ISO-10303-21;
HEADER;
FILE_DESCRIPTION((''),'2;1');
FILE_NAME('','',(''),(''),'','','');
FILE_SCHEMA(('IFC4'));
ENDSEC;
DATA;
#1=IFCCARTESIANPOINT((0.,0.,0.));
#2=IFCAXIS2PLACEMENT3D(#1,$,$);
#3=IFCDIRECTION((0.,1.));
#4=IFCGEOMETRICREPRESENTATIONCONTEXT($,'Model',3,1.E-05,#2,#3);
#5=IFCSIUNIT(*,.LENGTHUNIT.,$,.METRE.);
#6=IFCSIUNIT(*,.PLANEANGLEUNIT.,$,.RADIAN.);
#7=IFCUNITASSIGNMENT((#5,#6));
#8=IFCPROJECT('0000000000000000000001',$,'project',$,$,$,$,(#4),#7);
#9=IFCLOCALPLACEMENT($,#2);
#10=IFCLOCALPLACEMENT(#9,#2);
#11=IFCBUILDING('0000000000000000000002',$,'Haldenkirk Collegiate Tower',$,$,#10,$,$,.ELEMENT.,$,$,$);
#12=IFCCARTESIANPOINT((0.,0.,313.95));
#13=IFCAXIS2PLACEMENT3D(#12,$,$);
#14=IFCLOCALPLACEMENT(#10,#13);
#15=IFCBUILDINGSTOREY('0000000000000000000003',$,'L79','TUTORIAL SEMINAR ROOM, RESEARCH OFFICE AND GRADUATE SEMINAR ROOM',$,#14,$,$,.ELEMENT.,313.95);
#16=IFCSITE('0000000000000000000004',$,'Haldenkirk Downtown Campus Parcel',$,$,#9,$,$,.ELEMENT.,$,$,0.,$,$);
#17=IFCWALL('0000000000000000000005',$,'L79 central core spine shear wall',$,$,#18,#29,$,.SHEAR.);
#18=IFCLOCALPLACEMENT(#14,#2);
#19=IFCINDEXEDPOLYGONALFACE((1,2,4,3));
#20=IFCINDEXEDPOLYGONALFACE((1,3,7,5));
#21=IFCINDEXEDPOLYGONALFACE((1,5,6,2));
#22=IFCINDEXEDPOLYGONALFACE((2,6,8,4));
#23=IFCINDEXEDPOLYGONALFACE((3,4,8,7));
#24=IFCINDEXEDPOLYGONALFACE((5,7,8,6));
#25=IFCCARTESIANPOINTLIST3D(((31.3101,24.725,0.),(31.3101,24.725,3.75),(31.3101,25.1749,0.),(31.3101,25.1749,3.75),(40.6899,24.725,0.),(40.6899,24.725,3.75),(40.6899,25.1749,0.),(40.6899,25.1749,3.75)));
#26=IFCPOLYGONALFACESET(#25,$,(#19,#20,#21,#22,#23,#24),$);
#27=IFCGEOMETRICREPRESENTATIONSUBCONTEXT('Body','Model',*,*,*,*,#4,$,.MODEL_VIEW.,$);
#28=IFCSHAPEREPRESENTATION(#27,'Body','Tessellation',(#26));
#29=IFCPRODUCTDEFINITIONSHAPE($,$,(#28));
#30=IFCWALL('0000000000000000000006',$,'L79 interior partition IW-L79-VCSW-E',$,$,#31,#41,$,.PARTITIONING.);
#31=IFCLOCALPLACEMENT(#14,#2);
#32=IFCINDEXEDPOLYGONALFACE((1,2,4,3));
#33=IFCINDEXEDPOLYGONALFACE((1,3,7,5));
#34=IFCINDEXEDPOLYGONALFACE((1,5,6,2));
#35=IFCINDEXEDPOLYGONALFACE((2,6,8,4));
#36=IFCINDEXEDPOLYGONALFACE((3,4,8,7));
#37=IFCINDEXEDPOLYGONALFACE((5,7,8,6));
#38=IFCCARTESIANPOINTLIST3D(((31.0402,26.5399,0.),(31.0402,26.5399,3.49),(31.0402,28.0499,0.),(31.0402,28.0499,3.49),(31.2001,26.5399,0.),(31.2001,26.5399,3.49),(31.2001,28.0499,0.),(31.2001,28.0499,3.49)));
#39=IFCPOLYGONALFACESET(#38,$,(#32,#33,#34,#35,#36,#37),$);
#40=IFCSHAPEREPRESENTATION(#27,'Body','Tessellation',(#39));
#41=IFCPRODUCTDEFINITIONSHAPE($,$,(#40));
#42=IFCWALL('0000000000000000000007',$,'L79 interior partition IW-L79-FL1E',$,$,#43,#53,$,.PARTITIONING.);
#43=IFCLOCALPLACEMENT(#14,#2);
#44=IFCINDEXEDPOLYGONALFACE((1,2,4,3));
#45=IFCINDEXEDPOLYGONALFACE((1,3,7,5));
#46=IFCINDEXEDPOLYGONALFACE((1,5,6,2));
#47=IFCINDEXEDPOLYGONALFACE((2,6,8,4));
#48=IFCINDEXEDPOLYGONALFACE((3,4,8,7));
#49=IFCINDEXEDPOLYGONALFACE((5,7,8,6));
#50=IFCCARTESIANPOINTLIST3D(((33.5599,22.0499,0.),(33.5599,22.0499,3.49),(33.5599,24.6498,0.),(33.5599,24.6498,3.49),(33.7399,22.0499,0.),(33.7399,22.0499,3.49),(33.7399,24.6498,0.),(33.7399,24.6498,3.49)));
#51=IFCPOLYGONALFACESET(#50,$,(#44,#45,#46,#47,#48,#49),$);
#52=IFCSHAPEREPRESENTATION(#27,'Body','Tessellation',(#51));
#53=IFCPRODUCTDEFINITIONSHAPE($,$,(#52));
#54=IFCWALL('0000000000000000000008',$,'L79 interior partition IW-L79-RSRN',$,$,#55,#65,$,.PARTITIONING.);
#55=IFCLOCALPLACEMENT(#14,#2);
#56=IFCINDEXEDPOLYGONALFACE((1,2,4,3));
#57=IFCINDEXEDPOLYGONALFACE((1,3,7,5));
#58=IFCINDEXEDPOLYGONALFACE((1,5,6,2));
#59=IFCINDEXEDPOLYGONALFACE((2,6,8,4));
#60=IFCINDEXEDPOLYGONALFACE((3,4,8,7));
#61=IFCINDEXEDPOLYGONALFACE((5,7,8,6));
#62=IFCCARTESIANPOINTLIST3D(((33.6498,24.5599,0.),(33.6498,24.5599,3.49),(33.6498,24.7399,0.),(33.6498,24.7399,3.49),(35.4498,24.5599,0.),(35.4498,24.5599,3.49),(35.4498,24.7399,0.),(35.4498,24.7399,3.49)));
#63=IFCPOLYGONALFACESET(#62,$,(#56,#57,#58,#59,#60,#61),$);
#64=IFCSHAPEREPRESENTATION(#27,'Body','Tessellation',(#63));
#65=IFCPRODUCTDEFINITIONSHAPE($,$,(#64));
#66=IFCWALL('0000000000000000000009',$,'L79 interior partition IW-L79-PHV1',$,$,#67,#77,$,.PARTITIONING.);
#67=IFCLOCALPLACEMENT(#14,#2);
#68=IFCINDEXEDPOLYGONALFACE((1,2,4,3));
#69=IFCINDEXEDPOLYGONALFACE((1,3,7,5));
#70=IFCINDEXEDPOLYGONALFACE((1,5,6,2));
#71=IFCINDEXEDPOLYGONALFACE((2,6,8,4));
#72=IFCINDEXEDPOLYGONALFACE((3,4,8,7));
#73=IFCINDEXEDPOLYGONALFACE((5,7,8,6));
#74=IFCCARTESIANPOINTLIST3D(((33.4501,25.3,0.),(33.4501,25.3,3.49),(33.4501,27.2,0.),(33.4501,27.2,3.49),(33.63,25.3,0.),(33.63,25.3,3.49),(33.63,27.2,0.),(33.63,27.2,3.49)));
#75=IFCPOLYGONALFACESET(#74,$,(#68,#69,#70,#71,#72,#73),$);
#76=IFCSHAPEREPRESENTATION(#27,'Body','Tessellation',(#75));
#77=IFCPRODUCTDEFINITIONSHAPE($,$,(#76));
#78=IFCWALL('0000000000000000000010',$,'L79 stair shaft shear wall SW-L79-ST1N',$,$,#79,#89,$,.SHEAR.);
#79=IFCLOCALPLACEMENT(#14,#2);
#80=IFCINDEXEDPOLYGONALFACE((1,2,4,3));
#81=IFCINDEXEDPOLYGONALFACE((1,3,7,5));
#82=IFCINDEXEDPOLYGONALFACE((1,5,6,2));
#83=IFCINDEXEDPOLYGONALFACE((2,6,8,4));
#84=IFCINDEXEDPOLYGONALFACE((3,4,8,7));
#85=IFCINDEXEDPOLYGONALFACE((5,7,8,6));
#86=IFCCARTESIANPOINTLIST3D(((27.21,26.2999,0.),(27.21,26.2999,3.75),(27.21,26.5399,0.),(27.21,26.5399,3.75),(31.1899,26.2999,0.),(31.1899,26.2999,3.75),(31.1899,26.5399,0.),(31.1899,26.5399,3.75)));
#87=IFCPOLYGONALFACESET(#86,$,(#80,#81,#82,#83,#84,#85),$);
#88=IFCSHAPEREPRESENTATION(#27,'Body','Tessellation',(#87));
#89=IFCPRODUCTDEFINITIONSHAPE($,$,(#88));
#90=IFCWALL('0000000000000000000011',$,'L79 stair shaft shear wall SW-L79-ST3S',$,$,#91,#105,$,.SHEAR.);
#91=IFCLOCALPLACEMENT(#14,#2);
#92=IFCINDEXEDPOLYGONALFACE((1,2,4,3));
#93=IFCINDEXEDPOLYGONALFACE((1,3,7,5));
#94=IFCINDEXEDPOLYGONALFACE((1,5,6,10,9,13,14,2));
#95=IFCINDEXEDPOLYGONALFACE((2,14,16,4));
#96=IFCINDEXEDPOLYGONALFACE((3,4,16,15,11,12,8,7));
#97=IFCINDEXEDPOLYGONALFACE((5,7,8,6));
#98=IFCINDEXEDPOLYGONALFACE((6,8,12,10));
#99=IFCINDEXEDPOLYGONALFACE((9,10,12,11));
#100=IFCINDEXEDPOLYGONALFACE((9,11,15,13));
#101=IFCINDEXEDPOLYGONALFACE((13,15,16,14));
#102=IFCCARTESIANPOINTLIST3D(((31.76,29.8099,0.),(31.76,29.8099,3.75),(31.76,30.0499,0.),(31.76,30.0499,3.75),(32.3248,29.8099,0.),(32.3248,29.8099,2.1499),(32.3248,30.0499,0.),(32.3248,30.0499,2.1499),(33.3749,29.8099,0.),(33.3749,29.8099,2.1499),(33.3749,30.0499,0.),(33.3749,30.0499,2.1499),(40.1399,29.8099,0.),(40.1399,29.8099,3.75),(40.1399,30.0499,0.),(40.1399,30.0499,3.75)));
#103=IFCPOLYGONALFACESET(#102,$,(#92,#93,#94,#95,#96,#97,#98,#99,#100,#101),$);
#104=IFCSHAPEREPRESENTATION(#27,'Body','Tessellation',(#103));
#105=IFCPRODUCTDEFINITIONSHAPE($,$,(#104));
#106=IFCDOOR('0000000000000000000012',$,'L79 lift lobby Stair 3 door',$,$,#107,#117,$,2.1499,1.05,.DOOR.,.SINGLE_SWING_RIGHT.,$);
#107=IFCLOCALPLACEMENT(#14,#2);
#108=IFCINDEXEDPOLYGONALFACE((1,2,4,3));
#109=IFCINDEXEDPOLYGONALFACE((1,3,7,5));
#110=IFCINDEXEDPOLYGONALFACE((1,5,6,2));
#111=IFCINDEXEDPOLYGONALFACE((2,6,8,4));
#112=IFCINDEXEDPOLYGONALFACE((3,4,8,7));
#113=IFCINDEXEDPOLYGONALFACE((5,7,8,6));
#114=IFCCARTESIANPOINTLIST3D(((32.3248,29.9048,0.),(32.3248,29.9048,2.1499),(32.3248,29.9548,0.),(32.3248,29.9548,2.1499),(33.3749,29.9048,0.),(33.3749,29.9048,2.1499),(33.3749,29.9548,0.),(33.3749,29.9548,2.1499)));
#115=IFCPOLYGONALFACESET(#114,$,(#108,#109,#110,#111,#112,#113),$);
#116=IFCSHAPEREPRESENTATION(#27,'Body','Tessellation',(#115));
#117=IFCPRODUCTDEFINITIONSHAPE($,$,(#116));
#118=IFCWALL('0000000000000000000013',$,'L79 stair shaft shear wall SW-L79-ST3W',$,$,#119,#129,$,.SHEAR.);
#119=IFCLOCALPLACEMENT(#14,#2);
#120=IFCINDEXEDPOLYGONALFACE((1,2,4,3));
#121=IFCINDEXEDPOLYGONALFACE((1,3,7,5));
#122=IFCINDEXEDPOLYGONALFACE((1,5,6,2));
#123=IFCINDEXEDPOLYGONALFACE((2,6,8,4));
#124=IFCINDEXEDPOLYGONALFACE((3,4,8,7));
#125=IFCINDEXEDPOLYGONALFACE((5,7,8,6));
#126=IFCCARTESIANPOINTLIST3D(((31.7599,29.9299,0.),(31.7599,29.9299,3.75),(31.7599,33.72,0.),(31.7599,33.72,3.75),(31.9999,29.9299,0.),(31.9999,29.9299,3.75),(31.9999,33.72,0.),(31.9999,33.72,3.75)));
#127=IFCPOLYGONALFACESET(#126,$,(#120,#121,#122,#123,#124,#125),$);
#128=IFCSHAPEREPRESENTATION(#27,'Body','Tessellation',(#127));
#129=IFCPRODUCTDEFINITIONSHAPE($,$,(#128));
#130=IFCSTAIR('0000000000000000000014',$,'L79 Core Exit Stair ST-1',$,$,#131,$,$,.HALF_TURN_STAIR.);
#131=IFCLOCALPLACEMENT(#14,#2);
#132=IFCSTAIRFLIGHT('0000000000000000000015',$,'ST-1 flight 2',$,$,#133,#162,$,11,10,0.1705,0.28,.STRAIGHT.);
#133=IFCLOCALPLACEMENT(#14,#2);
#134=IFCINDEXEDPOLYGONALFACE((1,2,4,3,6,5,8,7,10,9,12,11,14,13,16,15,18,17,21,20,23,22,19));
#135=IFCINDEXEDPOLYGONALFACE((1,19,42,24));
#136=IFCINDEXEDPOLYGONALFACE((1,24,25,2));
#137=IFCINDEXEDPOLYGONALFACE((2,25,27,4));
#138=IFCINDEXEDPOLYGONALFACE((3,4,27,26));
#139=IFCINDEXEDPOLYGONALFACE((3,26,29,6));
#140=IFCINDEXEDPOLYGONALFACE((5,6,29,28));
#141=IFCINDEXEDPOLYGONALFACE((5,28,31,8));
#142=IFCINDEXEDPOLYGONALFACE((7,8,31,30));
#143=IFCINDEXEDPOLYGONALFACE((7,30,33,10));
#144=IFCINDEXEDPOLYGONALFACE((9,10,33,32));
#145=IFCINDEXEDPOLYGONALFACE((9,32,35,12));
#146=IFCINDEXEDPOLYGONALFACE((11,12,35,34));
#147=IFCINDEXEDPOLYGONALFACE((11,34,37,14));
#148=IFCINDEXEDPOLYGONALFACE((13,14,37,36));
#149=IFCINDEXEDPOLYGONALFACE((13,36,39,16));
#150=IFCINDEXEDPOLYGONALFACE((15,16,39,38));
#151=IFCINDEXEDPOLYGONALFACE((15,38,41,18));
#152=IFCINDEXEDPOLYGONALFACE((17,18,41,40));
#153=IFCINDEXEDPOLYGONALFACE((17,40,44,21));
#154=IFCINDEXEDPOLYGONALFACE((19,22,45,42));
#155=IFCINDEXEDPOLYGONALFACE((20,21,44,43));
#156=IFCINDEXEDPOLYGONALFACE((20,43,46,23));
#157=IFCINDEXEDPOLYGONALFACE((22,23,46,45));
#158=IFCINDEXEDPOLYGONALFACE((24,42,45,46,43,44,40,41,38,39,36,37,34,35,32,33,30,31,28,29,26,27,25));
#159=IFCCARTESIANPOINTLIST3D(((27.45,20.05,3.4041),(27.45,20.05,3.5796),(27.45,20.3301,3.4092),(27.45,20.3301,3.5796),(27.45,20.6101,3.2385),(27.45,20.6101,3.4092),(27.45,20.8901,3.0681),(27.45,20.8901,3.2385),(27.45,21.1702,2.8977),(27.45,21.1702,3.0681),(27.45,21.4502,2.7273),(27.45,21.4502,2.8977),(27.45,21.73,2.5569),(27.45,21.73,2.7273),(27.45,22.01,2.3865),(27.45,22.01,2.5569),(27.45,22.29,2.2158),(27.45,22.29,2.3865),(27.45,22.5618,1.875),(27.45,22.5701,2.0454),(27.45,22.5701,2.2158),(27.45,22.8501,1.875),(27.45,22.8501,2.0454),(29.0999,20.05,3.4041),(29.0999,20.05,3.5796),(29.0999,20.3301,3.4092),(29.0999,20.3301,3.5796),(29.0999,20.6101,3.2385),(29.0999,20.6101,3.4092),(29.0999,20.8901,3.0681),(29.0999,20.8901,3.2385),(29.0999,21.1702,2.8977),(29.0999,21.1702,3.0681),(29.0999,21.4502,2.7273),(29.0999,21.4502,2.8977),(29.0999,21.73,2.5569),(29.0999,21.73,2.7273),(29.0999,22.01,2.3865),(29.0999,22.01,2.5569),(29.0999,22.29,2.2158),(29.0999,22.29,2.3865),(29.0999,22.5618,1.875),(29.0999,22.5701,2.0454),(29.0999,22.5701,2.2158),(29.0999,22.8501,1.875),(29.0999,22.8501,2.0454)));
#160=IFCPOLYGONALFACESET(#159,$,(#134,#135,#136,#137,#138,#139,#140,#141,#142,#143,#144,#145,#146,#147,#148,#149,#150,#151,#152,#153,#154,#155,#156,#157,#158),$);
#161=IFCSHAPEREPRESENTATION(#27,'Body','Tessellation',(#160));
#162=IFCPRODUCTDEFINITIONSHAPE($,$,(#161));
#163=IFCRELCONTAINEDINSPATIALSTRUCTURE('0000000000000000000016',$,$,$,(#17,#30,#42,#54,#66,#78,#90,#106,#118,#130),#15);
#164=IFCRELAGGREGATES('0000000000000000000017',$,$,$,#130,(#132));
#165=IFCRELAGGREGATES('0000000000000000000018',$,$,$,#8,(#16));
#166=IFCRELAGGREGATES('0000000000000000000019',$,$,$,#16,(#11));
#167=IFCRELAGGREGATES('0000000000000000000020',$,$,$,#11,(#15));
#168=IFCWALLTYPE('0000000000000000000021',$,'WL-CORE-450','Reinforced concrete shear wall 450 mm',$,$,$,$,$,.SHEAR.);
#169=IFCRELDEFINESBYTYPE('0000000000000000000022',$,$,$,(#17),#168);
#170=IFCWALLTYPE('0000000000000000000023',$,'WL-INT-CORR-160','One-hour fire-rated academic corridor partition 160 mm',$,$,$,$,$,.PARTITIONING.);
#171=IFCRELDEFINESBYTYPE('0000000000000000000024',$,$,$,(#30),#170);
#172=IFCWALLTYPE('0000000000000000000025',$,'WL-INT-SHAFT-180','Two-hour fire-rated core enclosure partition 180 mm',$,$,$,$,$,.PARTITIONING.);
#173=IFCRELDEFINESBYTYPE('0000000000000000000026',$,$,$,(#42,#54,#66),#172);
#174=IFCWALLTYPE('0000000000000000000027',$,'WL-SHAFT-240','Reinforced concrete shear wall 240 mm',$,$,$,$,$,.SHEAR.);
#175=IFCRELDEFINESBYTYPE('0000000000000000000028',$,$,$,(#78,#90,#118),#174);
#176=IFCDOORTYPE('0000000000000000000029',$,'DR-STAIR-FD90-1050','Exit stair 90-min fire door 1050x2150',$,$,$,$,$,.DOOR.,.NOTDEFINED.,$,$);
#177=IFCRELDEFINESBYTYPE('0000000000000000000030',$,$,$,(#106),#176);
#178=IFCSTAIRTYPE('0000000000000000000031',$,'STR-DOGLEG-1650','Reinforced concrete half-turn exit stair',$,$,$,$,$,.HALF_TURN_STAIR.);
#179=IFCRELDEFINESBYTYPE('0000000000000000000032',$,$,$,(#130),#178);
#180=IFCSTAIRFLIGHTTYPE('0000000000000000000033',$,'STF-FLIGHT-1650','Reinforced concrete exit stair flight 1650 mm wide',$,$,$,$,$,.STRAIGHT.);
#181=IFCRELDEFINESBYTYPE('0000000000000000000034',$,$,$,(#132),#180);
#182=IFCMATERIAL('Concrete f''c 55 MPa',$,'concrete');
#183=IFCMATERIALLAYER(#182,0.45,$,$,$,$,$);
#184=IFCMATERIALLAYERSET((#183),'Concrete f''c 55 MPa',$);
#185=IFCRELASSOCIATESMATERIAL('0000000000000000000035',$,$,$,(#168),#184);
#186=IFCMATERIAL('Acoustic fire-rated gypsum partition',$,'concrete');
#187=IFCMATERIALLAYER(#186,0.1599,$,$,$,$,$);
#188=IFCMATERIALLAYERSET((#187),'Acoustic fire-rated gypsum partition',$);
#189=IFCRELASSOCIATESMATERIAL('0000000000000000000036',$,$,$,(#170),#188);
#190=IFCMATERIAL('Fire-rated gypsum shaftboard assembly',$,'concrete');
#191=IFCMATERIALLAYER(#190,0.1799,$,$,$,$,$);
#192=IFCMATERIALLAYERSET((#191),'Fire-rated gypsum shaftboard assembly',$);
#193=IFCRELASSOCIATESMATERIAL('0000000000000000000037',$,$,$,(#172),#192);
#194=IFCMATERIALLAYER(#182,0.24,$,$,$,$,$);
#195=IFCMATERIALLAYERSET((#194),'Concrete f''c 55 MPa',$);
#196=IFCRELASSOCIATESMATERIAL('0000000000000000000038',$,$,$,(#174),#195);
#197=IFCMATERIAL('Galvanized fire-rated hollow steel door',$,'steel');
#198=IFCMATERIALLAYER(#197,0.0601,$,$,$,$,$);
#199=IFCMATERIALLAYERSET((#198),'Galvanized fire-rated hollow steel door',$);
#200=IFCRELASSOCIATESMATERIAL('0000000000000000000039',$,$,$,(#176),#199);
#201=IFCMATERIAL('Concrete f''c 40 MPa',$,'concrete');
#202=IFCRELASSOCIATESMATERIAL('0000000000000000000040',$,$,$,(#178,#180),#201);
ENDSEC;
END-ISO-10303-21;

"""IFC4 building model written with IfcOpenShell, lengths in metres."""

from ifc_helpers import new_model, si_unit, direction, frame, frame_2d, origin, place, context, subcontext, project, spatial, polyline, rectangle, outline, extrude, material, layer, layer_set, type_object, element, fill, aggregate, save


model = new_model("IFC4")

# Units and contexts
model_context = context("Model", 3, precision=1e-05, world=origin(), true_north=direction((0.0, 1.0)))
body_context = subcontext(model_context, "Body", "Model", "MODEL_VIEW")
ifc_project = project(units=[si_unit("LENGTHUNIT", "METRE"), si_unit("PLANEANGLEUNIT", "RADIAN")], contexts=[model_context])

# Site, building, storey
site_placement = place(None, origin())
site = spatial("IfcSite", under=ifc_project, at=site_placement, Name="Haldenkirk Downtown Campus Parcel", CompositionType="ELEMENT", RefElevation=0.0)
building_placement = place(site_placement, origin())
building = spatial("IfcBuilding", under=site, at=building_placement, Name="Haldenkirk Collegiate Tower", CompositionType="ELEMENT")
storey_placement = place(building_placement, frame((0.0, 0.0, 313.95)))
storey = spatial("IfcBuildingStorey", under=building, at=storey_placement, Name="L79", Description="TUTORIAL SEMINAR ROOM, RESEARCH OFFICE AND GRADUATE SEMINAR ROOM", CompositionType="ELEMENT", Elevation=313.95)

# Wall
ifc_material_1 = material(Name="Concrete f'c 55 MPa", Category="concrete")
ifc_layer_1 = layer(ifc_material_1, 0.45)
ifc_layer_set_1 = layer_set([ifc_layer_1], Name="Concrete f'c 55 MPa")
wall_type_1 = type_object("IfcWallType", Name="WL-CORE-450", Description="Reinforced concrete shear wall 450 mm", PredefinedType="SHEAR", material=ifc_layer_set_1)
wall_1_placement = place(storey_placement, frame((31.3101, 24.95, 0.0), z_axis=(0.0, 0.0, 1.0), x_axis=(1.0, 0.0, 0.0)))
element("IfcWall", 1, at=wall_1_placement, inside=storey, type_object=wall_type_1, Name="L79 central core spine shear wall", PredefinedType="SHEAR", context=body_context, shape_type="SweptSolid", body=[
    extrude(rectangle(XDim=9.3799, YDim=0.45, at=frame_2d((4.6899, 0.0))), origin(), (0.0, 0.0, 1.0), 3.75),
])

# Shared definitions
ifc_material_2 = material(Name="Acoustic fire-rated gypsum partition", Category="concrete")
ifc_layer_2 = layer(ifc_material_2, 0.1599)
ifc_layer_set_2 = layer_set([ifc_layer_2], Name="Acoustic fire-rated gypsum partition")
wall_type_2 = type_object("IfcWallType", Name="WL-INT-CORR-160", Description="One-hour fire-rated academic corridor partition 160 mm", PredefinedType="PARTITIONING", material=ifc_layer_set_2)

# Wall
wall_2_placement = place(storey_placement, frame((31.1201, 26.54, 0.0), z_axis=(0.0, 0.0, 1.0), x_axis=(0.0, 1.0, 0.0)))
element("IfcWall", 2, at=wall_2_placement, inside=storey, type_object=wall_type_2, Name="L79 interior partition IW-L79-VCSW-E", PredefinedType="PARTITIONING", context=body_context, shape_type="SweptSolid", body=[
    extrude(rectangle(XDim=1.51, YDim=0.1599, at=frame_2d((0.7549, 0.0))), origin(), (0.0, 0.0, 1.0), 3.49),
])

# Walls
ifc_material_3 = material(Name="Fire-rated gypsum shaftboard assembly", Category="concrete")
ifc_layer_3 = layer(ifc_material_3, 0.1799)
ifc_layer_set_3 = layer_set([ifc_layer_3], Name="Fire-rated gypsum shaftboard assembly")
wall_type_3 = type_object("IfcWallType", Name="WL-INT-SHAFT-180", Description="Two-hour fire-rated core enclosure partition 180 mm", PredefinedType="PARTITIONING", material=ifc_layer_set_3)
wall_3_placement = place(storey_placement, frame((33.6499, 22.05, 0.0), z_axis=(0.0, 0.0, 1.0), x_axis=(0.0, 1.0, 0.0)))
element("IfcWall", 3, at=wall_3_placement, inside=storey, type_object=wall_type_3, Name="L79 interior partition IW-L79-FL1E", PredefinedType="PARTITIONING", context=body_context, shape_type="SweptSolid", body=[
    extrude(rectangle(XDim=2.5999, YDim=0.1799, at=frame_2d((1.2998, 0.0))), origin(), (0.0, 0.0, 1.0), 3.49),
])
wall_4_placement = place(storey_placement, frame((33.6499, 24.6499, 0.0), z_axis=(0.0, 0.0, 1.0), x_axis=(1.0, 0.0, 0.0)))
element("IfcWall", 4, at=wall_4_placement, inside=storey, type_object=wall_type_3, Name="L79 interior partition IW-L79-RSRN", PredefinedType="PARTITIONING", context=body_context, shape_type="SweptSolid", body=[
    extrude(rectangle(XDim=1.8, YDim=0.1799, at=frame_2d((0.8999, 0.0))), origin(), (0.0, 0.0, 1.0), 3.49),
])

# Walls
wall_5_placement = place(storey_placement, frame((33.54, 25.3, 0.0), z_axis=(0.0, 0.0, 1.0), x_axis=(0.0, 1.0, 0.0)))
element("IfcWall", 5, at=wall_5_placement, inside=storey, type_object=wall_type_3, Name="L79 interior partition IW-L79-PHV1", PredefinedType="PARTITIONING", context=body_context, shape_type="SweptSolid", body=[
    extrude(rectangle(XDim=1.8999, YDim=0.1799, at=frame_2d((0.95, 0.0))), origin(), (0.0, 0.0, 1.0), 3.49),
])
ifc_layer_4 = layer(ifc_material_1, 0.24)
ifc_layer_set_4 = layer_set([ifc_layer_4], Name="Concrete f'c 55 MPa")
wall_type_4 = type_object("IfcWallType", Name="WL-SHAFT-240", Description="Reinforced concrete shear wall 240 mm", PredefinedType="SHEAR", material=ifc_layer_set_4)
wall_6_placement = place(storey_placement, frame((27.21, 26.4199, 0.0), z_axis=(0.0, 0.0, 1.0), x_axis=(1.0, 0.0, 0.0)))
element("IfcWall", 6, at=wall_6_placement, inside=storey, type_object=wall_type_4, Name="L79 stair shaft shear wall SW-L79-ST1N", PredefinedType="SHEAR", context=body_context, shape_type="SweptSolid", body=[
    extrude(rectangle(XDim=3.98, YDim=0.24, at=frame_2d((1.99, 0.0))), origin(), (0.0, 0.0, 1.0), 3.75),
])

# Wall, opening, door
wall_7_placement = place(storey_placement, frame((31.76, 29.9299, 0.0), z_axis=(0.0, 0.0, 1.0), x_axis=(1.0, 0.0, 0.0)))
wall_7 = element("IfcWall", 7, at=wall_7_placement, inside=storey, type_object=wall_type_4, Name="L79 stair shaft shear wall SW-L79-ST3S", PredefinedType="SHEAR", context=body_context, shape_type="SweptSolid", body=[
    extrude(rectangle(XDim=8.3799, YDim=0.24, at=frame_2d((4.1899, 0.0))), origin(), (0.0, 0.0, 1.0), 3.75),
])
opening_1_placement = place(wall_7_placement, frame((0.5649, 0.0, 0.0)))
opening_1 = element("IfcOpeningElement", 8, at=opening_1_placement, cuts=wall_7, PredefinedType="OPENING", context=body_context, shape_type="SweptSolid", body=[
    extrude(rectangle(XDim=1.05, YDim=2.1499, at=frame_2d((0.5249, 1.075))), frame((0.0, 0.1299, 0.0), z_axis=(0.0, -1.0, 0.0), x_axis=(1.0, 0.0, 0.0)), (0.0, 0.0, 1.0), 0.26),
])
ifc_material_4 = material(Name="Galvanized fire-rated hollow steel door", Category="steel")
ifc_layer_5 = layer(ifc_material_4, 0.0601)
ifc_layer_set_5 = layer_set([ifc_layer_5], Name="Galvanized fire-rated hollow steel door")
door_type_1 = type_object("IfcDoorType", Name="DR-STAIR-FD90-1050", Description="Exit stair 90-min fire door 1050x2150", OperationType="NOTDEFINED", PredefinedType="DOOR", material=ifc_layer_set_5)
door_1_placement = place(opening_1_placement, origin())
door_1 = element("IfcDoor", 9, at=door_1_placement, inside=storey, type_object=door_type_1, Name="L79 lift lobby Stair 3 door", OperationType="SINGLE_SWING_RIGHT", OverallHeight=2.1499, OverallWidth=1.05, PredefinedType="DOOR", context=body_context, shape_type="SweptSolid", body=[
    extrude(rectangle(XDim=1.05, YDim=2.1499, at=frame_2d((0.5249, 1.075))), frame((0.0, 0.0249, 0.0), z_axis=(0.0, -1.0, 0.0), x_axis=(1.0, 0.0, 0.0)), (0.0, 0.0, 1.0), 0.05),
])
fill(opening_1, door_1)

# Wall
wall_8_placement = place(storey_placement, frame((31.8799, 29.9299, 0.0), z_axis=(0.0, 0.0, 1.0), x_axis=(0.0, 1.0, 0.0)))
element("IfcWall", 10, at=wall_8_placement, inside=storey, type_object=wall_type_4, Name="L79 stair shaft shear wall SW-L79-ST3W", PredefinedType="SHEAR", context=body_context, shape_type="SweptSolid", body=[
    extrude(rectangle(XDim=3.79, YDim=0.24, at=frame_2d((1.895, 0.0))), origin(), (0.0, 0.0, 1.0), 3.75),
])

# Stair, stair flight
ifc_material_5 = material(Name="Concrete f'c 40 MPa", Category="concrete")
stair_type = type_object("IfcStairType", Name="STR-DOGLEG-1650", Description="Reinforced concrete half-turn exit stair", PredefinedType="HALF_TURN_STAIR", material=ifc_material_5)
stair_1_placement = place(storey_placement, origin())
stair_1 = element("IfcStair", 11, at=stair_1_placement, inside=storey, type_object=stair_type, Name="L79 Core Exit Stair ST-1", PredefinedType="HALF_TURN_STAIR")
stair_flight_type = type_object("IfcStairFlightType", Name="STF-FLIGHT-1650", Description="Reinforced concrete exit stair flight 1650 mm wide", PredefinedType="STRAIGHT", material=ifc_material_5)
stair_flight_1_placement = place(storey_placement, frame((28.2749, 22.8501, 1.875), z_axis=(0.0, 0.0, 1.0), x_axis=(0.0, -1.0, 0.0)))
stair_flight_1 = element("IfcStairFlight", 12, at=stair_flight_1_placement, type_object=stair_flight_type, Name="ST-1 flight 2", NumberOfRisers=11, NumberOfTreads=10, PredefinedType="STRAIGHT", RiserHeight=0.1705, TreadLength=0.28, context=body_context, shape_type="SweptSolid", body=[
    extrude(outline(polyline([(0.0, 0.0), (0.0, 0.1704), (0.28, 0.1704), (0.28, 0.3408), (0.5601, 0.3408), (0.5601, 0.5115), (0.8401, 0.5115), (0.8401, 0.6819), (1.1201, 0.6819), (1.1201, 0.8523), (1.3999, 0.8523), (1.3999, 1.0227), (1.6799, 1.0227), (1.6799, 1.1931), (1.96, 1.1931), (1.96, 1.3635), (2.24, 1.3635), (2.24, 1.5342), (2.52, 1.5342), (2.52, 1.7046), (2.8, 1.7046), (2.8, 1.875), (2.8, 1.5291), (0.2883, 0.0), (0.0, 0.0)])), frame((0.0, 0.825, 0.0), z_axis=(0.0, -1.0, 0.0), x_axis=(1.0, 0.0, 0.0)), (0.0, 0.0, 1.0), 1.6499),
])
aggregate(stair_1, [stair_flight_1])

save(model, "model.ifc")
